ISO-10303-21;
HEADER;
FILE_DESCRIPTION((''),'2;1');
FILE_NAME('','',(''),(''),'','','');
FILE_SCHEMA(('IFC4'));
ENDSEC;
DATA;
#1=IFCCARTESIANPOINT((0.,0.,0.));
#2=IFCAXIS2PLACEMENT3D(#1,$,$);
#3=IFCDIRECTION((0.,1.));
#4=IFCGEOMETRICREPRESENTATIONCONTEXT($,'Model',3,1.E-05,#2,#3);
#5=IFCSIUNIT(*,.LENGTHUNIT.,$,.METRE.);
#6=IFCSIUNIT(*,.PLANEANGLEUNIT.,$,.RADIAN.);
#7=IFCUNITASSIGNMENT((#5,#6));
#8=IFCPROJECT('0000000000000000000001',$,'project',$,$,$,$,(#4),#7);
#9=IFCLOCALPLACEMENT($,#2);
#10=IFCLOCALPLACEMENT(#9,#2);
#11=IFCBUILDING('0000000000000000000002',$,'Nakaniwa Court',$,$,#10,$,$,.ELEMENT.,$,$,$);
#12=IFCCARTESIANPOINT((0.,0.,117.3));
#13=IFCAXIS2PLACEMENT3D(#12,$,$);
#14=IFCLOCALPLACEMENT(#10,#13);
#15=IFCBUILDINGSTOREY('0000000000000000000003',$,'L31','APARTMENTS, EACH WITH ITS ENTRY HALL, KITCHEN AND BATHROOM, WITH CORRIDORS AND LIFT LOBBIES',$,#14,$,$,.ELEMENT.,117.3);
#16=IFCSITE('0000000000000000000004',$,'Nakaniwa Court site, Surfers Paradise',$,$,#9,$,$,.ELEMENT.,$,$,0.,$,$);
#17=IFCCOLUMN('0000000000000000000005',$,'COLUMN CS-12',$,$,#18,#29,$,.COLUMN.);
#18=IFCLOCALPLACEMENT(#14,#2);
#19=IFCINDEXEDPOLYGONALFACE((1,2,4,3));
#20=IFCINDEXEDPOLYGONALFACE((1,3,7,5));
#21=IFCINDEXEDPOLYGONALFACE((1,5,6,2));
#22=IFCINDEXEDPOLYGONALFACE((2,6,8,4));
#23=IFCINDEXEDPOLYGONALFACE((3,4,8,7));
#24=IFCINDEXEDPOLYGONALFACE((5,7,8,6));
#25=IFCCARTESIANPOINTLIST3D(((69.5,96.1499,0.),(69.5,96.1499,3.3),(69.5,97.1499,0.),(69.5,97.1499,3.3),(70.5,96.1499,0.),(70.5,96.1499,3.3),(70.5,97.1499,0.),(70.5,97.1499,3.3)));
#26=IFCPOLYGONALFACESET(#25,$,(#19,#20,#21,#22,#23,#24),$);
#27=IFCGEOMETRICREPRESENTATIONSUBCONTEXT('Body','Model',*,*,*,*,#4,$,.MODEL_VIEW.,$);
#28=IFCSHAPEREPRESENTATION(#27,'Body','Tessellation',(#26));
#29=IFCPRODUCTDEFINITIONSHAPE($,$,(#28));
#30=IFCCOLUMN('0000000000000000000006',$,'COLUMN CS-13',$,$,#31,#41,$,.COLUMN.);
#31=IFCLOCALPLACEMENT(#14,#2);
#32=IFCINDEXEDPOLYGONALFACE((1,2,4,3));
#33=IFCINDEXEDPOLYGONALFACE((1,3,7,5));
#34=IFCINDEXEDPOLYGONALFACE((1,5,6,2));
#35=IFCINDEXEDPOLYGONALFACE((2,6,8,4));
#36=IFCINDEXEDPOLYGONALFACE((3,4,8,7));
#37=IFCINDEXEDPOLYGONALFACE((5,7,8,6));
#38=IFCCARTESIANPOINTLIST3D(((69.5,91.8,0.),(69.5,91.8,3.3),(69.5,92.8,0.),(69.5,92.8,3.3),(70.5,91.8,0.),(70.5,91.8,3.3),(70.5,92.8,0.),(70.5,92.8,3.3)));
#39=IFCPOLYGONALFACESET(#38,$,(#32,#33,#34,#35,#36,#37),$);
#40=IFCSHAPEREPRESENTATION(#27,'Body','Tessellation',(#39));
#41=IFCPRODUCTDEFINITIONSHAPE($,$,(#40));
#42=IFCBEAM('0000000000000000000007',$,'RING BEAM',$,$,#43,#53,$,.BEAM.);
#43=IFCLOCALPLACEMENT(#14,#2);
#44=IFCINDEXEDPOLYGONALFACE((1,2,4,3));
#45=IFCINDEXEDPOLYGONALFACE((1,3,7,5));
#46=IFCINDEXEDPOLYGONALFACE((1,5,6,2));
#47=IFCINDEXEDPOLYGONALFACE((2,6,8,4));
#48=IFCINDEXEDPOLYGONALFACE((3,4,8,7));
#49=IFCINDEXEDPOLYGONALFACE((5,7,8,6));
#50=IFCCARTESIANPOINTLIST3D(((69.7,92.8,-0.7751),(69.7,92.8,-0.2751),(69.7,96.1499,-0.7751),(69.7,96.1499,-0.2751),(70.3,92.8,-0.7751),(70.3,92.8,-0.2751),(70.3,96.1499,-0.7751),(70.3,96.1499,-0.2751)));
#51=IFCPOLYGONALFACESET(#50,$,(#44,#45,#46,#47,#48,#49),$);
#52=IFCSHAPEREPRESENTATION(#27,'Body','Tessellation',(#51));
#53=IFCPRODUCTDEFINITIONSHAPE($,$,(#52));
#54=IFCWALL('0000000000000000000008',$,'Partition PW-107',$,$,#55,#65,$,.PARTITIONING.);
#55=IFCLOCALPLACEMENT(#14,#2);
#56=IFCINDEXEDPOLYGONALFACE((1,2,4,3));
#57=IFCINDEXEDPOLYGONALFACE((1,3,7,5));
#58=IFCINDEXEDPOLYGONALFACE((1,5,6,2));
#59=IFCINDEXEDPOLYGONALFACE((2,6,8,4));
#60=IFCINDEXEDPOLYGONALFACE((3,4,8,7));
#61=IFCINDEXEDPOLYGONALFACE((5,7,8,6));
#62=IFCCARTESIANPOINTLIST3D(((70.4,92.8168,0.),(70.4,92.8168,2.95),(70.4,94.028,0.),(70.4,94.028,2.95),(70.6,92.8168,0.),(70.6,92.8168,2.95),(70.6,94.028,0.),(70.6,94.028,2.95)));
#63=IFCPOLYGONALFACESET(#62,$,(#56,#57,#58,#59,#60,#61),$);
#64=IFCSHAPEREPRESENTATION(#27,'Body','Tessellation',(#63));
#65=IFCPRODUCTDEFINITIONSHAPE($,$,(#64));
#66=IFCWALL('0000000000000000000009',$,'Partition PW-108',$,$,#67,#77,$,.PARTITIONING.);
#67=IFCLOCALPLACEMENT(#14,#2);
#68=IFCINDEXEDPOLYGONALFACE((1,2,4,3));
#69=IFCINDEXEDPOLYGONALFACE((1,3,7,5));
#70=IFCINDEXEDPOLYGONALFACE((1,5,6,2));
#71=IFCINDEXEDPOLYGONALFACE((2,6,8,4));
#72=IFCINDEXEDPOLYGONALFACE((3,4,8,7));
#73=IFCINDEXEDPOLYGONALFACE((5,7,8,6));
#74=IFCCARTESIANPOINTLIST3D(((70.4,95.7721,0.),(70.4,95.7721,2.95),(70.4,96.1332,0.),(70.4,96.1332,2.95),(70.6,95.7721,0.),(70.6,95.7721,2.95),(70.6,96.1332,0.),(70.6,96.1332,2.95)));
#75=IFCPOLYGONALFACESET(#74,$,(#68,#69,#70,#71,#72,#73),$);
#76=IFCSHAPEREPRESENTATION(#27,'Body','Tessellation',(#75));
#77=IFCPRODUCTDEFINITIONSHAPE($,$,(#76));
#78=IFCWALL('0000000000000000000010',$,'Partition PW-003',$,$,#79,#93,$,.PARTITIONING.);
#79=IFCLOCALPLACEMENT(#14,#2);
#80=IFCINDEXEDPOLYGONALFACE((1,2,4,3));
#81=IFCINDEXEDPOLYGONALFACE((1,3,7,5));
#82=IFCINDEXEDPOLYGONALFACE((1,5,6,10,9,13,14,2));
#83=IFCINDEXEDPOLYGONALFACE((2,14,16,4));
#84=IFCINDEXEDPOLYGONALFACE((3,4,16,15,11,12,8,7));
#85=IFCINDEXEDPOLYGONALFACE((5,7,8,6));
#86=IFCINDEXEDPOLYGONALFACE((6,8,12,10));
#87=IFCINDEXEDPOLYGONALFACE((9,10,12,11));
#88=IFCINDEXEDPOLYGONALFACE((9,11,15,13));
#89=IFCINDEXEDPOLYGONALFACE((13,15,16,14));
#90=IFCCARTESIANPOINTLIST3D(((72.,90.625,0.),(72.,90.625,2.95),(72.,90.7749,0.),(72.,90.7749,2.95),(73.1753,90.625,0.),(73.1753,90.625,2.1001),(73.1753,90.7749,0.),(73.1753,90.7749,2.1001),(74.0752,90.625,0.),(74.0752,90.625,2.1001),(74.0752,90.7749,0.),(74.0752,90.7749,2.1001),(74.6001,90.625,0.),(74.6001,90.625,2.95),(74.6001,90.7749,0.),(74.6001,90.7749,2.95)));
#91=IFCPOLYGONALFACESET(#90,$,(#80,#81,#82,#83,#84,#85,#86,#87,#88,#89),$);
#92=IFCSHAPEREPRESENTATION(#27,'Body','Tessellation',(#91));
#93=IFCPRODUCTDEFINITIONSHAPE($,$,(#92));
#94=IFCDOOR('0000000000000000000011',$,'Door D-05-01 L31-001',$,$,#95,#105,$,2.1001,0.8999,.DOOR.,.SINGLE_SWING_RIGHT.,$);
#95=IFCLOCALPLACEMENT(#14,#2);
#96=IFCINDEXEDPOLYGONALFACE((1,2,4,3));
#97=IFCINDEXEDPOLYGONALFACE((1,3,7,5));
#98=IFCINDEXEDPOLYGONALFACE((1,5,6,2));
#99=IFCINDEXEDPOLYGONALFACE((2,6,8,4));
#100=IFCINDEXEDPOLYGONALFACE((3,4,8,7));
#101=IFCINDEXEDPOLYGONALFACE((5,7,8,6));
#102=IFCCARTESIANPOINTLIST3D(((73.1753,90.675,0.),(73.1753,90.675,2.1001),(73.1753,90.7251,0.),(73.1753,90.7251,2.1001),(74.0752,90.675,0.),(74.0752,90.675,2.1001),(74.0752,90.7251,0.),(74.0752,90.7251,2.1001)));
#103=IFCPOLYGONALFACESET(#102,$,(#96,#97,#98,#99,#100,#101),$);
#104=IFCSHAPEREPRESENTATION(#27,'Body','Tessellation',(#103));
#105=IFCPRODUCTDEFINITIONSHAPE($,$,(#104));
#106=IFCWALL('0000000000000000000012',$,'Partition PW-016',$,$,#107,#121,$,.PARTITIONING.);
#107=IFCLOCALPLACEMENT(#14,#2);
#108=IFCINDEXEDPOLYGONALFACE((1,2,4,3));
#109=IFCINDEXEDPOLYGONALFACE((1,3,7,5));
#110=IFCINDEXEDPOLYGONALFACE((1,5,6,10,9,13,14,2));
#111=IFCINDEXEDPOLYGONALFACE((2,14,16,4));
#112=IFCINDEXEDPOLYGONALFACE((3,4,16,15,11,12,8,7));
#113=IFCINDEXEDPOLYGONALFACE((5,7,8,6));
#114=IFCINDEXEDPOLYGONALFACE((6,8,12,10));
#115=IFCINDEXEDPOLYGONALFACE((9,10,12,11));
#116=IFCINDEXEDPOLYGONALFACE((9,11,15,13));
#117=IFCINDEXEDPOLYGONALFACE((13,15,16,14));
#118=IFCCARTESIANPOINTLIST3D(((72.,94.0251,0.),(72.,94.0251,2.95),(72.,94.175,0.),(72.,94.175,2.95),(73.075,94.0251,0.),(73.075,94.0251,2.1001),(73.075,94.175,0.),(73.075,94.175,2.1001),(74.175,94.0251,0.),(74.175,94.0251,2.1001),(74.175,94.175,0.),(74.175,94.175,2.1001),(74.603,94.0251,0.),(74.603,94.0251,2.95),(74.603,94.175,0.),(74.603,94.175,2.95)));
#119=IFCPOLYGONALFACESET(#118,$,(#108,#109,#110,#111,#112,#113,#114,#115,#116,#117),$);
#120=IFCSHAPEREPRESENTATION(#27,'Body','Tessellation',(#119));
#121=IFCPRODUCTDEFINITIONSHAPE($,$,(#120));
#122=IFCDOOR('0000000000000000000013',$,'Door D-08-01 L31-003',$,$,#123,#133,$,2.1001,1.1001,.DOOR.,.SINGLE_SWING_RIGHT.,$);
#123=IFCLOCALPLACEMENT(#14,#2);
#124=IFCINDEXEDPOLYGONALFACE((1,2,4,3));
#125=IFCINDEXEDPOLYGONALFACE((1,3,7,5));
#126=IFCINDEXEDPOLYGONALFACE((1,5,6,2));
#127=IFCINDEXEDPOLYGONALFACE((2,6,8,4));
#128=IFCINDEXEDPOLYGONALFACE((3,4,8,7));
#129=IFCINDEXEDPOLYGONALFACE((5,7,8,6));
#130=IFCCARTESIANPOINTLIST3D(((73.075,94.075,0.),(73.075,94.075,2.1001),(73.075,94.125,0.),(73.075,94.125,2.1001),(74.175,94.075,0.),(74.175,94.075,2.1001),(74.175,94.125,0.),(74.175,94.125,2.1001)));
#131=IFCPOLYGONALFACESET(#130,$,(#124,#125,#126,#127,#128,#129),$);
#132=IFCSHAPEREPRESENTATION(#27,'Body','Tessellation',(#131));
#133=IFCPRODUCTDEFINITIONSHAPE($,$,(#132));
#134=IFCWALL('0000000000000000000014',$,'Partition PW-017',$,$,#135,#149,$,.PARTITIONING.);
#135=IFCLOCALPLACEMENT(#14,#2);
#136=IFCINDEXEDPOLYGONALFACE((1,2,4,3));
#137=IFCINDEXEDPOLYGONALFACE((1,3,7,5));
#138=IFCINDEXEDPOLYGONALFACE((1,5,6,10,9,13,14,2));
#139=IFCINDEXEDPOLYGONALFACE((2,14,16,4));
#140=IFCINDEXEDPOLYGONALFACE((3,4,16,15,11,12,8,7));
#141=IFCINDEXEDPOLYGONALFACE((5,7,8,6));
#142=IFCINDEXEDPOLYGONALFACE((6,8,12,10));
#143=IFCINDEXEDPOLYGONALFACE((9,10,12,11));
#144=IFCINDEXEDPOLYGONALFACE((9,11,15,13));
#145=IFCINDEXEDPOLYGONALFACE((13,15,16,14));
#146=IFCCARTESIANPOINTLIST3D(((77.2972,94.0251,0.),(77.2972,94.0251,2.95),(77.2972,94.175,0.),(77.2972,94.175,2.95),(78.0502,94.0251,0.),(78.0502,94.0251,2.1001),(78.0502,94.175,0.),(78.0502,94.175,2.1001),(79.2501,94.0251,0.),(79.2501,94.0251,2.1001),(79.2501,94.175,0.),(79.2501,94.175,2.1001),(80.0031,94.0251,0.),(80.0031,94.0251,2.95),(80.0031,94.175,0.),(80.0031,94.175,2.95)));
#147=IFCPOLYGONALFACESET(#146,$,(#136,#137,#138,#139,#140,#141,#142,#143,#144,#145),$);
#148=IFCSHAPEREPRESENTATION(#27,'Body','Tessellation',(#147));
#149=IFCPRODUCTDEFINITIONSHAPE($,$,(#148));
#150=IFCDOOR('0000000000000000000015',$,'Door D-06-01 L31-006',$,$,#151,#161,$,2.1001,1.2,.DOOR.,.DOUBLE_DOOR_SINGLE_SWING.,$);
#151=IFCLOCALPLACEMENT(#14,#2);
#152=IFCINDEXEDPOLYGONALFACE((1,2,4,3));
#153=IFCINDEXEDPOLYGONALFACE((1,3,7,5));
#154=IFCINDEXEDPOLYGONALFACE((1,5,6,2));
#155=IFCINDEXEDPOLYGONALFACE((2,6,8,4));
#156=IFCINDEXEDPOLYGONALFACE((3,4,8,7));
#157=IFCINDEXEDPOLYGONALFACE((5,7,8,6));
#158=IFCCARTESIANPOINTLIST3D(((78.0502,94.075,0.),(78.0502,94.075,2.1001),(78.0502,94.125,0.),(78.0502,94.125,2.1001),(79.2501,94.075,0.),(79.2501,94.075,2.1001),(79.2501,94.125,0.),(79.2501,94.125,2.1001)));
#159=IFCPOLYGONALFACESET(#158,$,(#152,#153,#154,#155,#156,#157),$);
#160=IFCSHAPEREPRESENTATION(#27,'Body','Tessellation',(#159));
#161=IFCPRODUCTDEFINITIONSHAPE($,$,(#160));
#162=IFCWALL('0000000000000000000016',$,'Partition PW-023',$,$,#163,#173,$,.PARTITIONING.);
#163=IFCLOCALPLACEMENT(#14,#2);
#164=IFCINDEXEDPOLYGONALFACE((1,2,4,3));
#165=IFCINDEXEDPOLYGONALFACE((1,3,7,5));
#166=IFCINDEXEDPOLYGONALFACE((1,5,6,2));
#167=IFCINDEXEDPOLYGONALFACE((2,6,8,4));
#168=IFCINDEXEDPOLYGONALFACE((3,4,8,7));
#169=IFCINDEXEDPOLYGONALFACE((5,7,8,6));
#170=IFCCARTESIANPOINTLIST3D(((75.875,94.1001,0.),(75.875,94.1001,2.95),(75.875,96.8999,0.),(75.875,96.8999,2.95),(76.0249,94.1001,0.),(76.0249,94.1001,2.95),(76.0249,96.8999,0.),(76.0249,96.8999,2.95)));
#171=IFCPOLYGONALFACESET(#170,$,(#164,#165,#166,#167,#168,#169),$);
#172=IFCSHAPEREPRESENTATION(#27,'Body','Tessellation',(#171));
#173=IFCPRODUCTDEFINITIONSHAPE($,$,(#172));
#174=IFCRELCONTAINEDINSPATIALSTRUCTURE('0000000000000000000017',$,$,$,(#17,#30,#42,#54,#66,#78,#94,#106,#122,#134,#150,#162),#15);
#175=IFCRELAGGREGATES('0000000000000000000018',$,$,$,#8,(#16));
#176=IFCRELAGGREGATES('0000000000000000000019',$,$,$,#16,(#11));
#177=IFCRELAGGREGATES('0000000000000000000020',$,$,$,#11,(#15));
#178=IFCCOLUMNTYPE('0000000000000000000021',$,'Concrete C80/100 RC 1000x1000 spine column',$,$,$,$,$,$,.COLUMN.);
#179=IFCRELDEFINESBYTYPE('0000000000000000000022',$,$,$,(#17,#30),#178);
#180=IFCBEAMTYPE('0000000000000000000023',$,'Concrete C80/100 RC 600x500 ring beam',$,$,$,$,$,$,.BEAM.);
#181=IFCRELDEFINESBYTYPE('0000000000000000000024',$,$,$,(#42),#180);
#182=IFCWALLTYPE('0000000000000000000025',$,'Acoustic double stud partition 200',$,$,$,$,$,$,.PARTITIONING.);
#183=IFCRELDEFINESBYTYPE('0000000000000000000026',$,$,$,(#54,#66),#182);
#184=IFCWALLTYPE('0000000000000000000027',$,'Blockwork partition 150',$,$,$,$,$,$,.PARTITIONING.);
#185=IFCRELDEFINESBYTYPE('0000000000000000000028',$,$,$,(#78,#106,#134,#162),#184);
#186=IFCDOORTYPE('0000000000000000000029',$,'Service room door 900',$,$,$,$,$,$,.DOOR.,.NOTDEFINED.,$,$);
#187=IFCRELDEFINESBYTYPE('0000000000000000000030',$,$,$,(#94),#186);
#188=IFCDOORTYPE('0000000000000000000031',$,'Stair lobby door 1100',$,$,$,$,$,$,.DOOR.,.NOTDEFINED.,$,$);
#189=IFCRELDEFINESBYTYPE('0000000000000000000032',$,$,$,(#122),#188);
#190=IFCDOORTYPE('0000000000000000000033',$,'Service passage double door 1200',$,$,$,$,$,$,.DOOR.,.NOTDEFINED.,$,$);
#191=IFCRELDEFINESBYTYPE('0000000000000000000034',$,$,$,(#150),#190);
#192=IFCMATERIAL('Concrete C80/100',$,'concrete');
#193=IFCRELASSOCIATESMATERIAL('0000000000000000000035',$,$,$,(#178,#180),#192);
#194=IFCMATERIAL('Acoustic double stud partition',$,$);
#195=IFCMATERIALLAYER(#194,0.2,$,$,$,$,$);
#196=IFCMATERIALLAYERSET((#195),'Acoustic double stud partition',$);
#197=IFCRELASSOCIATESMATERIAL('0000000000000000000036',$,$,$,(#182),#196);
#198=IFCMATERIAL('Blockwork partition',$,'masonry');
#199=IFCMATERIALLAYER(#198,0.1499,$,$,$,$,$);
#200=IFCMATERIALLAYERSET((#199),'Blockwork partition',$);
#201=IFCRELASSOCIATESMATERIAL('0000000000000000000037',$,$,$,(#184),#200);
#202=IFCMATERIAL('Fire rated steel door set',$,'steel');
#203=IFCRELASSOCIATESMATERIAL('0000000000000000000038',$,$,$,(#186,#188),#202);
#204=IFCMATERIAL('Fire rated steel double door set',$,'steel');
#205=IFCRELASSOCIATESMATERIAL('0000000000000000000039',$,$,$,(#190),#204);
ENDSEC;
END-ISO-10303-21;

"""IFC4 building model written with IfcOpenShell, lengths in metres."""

from ifc_helpers import new_model, si_unit, direction, frame, frame_2d, origin, origin_2d, place, context, subcontext, project, spatial, rectangle, extrude, material, layer, layer_set, material_profile, profile_set, type_object, element, fill, save


model = new_model("IFC4")

# Units and contexts
model_context = context("Model", 3, precision=1e-05, world=origin(), true_north=direction((0.0, 1.0)))
body_context = subcontext(model_context, "Body", "Model", "MODEL_VIEW")
ifc_project = project(units=[si_unit("LENGTHUNIT", "METRE"), si_unit("PLANEANGLEUNIT", "RADIAN")], contexts=[model_context])

# Site, building, storey
site_placement = place(None, origin())
site = spatial("IfcSite", under=ifc_project, at=site_placement, Name="Nakaniwa Court site, Surfers Paradise", CompositionType="ELEMENT", RefElevation=0.0)
building_placement = place(site_placement, origin())
building = spatial("IfcBuilding", under=site, at=building_placement, Name="Nakaniwa Court", CompositionType="ELEMENT")
storey_placement = place(building_placement, frame((0.0, 0.0, 117.3)))
storey = spatial("IfcBuildingStorey", under=building, at=storey_placement, Name="L31", Description="APARTMENTS, EACH WITH ITS ENTRY HALL, KITCHEN AND BATHROOM, WITH CORRIDORS AND LIFT LOBBIES", CompositionType="ELEMENT", Elevation=117.3)

# Columns
ifc_material_1 = material(Name="Concrete C80/100", Category="concrete")
ifc_material_profile_1 = material_profile(ifc_material_1, rectangle(XDim=1.0, YDim=1.0, at=origin_2d()), Name="Concrete C80/100 RC 1000x1000 spine column")
ifc_profile_set_1 = profile_set([ifc_material_profile_1], Name="Concrete C80/100")
column_type = type_object("IfcColumnType", Name="Concrete C80/100 RC 1000x1000 spine column", PredefinedType="COLUMN", material=ifc_profile_set_1)
for number, where, z_axis, x_axis, name in (
    (1, (70.0, 96.6499, 0.0), (0.0, 0.0, 1.0), (0.0, -1.0, 0.0), "COLUMN CS-12"),
    (2, (70.0, 92.3, 0.0), (0.0, 0.0, 1.0), (0.0, -1.0, 0.0), "COLUMN CS-13"),
):
    element("IfcColumn", number, at=place(storey_placement, frame(where, z_axis=z_axis, x_axis=x_axis)), inside=storey, type_object=column_type, Name=name, PredefinedType="COLUMN", context=body_context, shape_type="SweptSolid", body=[
        extrude(rectangle(XDim=1.0, YDim=1.0, at=origin_2d()), origin(), (0.0, 0.0, 1.0), 3.3),
    ])

# Beam
ifc_material_profile_2 = material_profile(ifc_material_1, rectangle(XDim=0.6001, YDim=0.5, at=origin_2d()), Name="Concrete C80/100 RC 600x500 ring beam")
ifc_profile_set_2 = profile_set([ifc_material_profile_2], Name="Concrete C80/100")
beam_type = type_object("IfcBeamType", Name="Concrete C80/100 RC 600x500 ring beam", PredefinedType="BEAM", material=ifc_profile_set_2)
beam_placement = place(storey_placement, frame((70.0, 96.1499, -0.5251), z_axis=(0.0, -1.0, 0.0), x_axis=(1.0, 0.0, 0.0)))
element("IfcBeam", 3, at=beam_placement, inside=storey, type_object=beam_type, Name="RING BEAM", PredefinedType="BEAM", context=body_context, shape_type="SweptSolid", body=[
    extrude(rectangle(XDim=0.6001, YDim=0.5, at=origin_2d()), origin(), (0.0, 0.0, 1.0), 3.3499),
])

# Walls
ifc_material_2 = material(Name="Acoustic double stud partition")
ifc_layer_1 = layer(ifc_material_2, 0.2)
ifc_layer_set_1 = layer_set([ifc_layer_1], Name="Acoustic double stud partition")
wall_type_1 = type_object("IfcWallType", Name="Acoustic double stud partition 200", PredefinedType="PARTITIONING", material=ifc_layer_set_1)
wall_1_placement = place(storey_placement, frame((70.5, 92.8169, 0.0), z_axis=(0.0, 0.0, 1.0), x_axis=(0.0, 1.0, 0.0)))
element("IfcWall", 4, at=wall_1_placement, inside=storey, type_object=wall_type_1, Name="Partition PW-107", PredefinedType="PARTITIONING", context=body_context, shape_type="SweptSolid", body=[
    extrude(rectangle(XDim=1.2112, YDim=0.2, at=frame_2d((0.6055, 0.0))), origin(), (0.0, 0.0, 1.0), 2.95),
])
wall_2_placement = place(storey_placement, frame((70.5, 95.772, 0.0), z_axis=(0.0, 0.0, 1.0), x_axis=(0.0, 1.0, 0.0)))
element("IfcWall", 5, at=wall_2_placement, inside=storey, type_object=wall_type_1, Name="Partition PW-108", PredefinedType="PARTITIONING", context=body_context, shape_type="SweptSolid", body=[
    extrude(rectangle(XDim=0.3611, YDim=0.2, at=frame_2d((0.1807, 0.0))), origin(), (0.0, 0.0, 1.0), 2.95),
])

# Walls, openings, doors
ifc_material_3 = material(Name="Blockwork partition", Category="masonry")
ifc_layer_2 = layer(ifc_material_3, 0.1499)
ifc_layer_set_2 = layer_set([ifc_layer_2], Name="Blockwork partition")
wall_type_2 = type_object("IfcWallType", Name="Blockwork partition 150", PredefinedType="PARTITIONING", material=ifc_layer_set_2)
wall_3_placement = place(storey_placement, frame((74.6001, 90.7, 0.0), z_axis=(0.0, 0.0, 1.0), x_axis=(-1.0, 0.0, 0.0)))
wall_3 = element("IfcWall", 6, at=wall_3_placement, inside=storey, type_object=wall_type_2, Name="Partition PW-003", PredefinedType="PARTITIONING", context=body_context, shape_type="SweptSolid", body=[
    extrude(rectangle(XDim=2.6001, YDim=0.1499, at=frame_2d((1.3, 0.0))), origin(), (0.0, 0.0, 1.0), 2.95),
])
opening_1_placement = place(wall_3_placement, frame((0.5249, 0.0, 0.0)))
opening_1 = element("IfcOpeningElement", 7, at=opening_1_placement, cuts=wall_3, PredefinedType="OPENING", context=body_context, shape_type="SweptSolid", body=[
    extrude(rectangle(XDim=0.8999, YDim=2.1001, at=frame_2d((0.45, 1.05))), frame((0.0, 0.085, 0.0), z_axis=(0.0, -1.0, 0.0), x_axis=(1.0, 0.0, 0.0)), (0.0, 0.0, 1.0), 0.1699),
])
ifc_material_4 = material(Name="Fire rated steel door set", Category="steel")
door_type_1 = type_object("IfcDoorType", Name="Service room door 900", OperationType="NOTDEFINED", PredefinedType="DOOR", material=ifc_material_4)
door_1_placement = place(opening_1_placement, origin())
door_1 = element("IfcDoor", 8, at=door_1_placement, inside=storey, type_object=door_type_1, Name="Door D-05-01 L31-001", OperationType="SINGLE_SWING_RIGHT", OverallHeight=2.1001, OverallWidth=0.8999, PredefinedType="DOOR", context=body_context, shape_type="SweptSolid", body=[
    extrude(rectangle(XDim=0.8999, YDim=2.1001, at=frame_2d((0.45, 1.05))), frame((0.0, 0.0249, 0.0), z_axis=(0.0, -1.0, 0.0), x_axis=(1.0, 0.0, 0.0)), (0.0, 0.0, 1.0), 0.05),
])
fill(opening_1, door_1)
wall_4_placement = place(storey_placement, frame((72.0, 94.1001, 0.0), z_axis=(0.0, 0.0, 1.0), x_axis=(1.0, 0.0, 0.0)))
wall_4 = element("IfcWall", 9, at=wall_4_placement, inside=storey, type_object=wall_type_2, Name="Partition PW-016", PredefinedType="PARTITIONING", context=body_context, shape_type="SweptSolid", body=[
    extrude(rectangle(XDim=2.603, YDim=0.1499, at=frame_2d((1.3015, 0.0))), origin(), (0.0, 0.0, 1.0), 2.95),
])
opening_2_placement = place(wall_4_placement, frame((1.075, 0.0, 0.0)))
opening_2 = element("IfcOpeningElement", 10, at=opening_2_placement, cuts=wall_4, PredefinedType="OPENING", context=body_context, shape_type="SweptSolid", body=[
    extrude(rectangle(XDim=1.1001, YDim=2.1001, at=frame_2d((0.55, 1.05))), frame((0.0, 0.085, 0.0), z_axis=(0.0, -1.0, 0.0), x_axis=(1.0, 0.0, 0.0)), (0.0, 0.0, 1.0), 0.1699),
])
door_type_2 = type_object("IfcDoorType", Name="Stair lobby door 1100", OperationType="NOTDEFINED", PredefinedType="DOOR", material=ifc_material_4)
door_2_placement = place(opening_2_placement, origin())
door_2 = element("IfcDoor", 11, at=door_2_placement, inside=storey, type_object=door_type_2, Name="Door D-08-01 L31-003", OperationType="SINGLE_SWING_RIGHT", OverallHeight=2.1001, OverallWidth=1.1001, PredefinedType="DOOR", context=body_context, shape_type="SweptSolid", body=[
    extrude(rectangle(XDim=1.1001, YDim=2.1001, at=frame_2d((0.55, 1.05))), frame((0.0, 0.0249, 0.0), z_axis=(0.0, -1.0, 0.0), x_axis=(1.0, 0.0, 0.0)), (0.0, 0.0, 1.0), 0.05),
])
fill(opening_2, door_2)
wall_5_placement = place(storey_placement, frame((77.2971, 94.1001, 0.0), z_axis=(0.0, 0.0, 1.0), x_axis=(1.0, 0.0, 0.0)))
wall_5 = element("IfcWall", 12, at=wall_5_placement, inside=storey, type_object=wall_type_2, Name="Partition PW-017", PredefinedType="PARTITIONING", context=body_context, shape_type="SweptSolid", body=[
    extrude(rectangle(XDim=2.7058, YDim=0.1499, at=frame_2d((1.353, 0.0))), origin(), (0.0, 0.0, 1.0), 2.95),
])
opening_3_placement = place(wall_5_placement, frame((0.7529, 0.0, 0.0)))
opening_3 = element("IfcOpeningElement", 13, at=opening_3_placement, cuts=wall_5, PredefinedType="OPENING", context=body_context, shape_type="SweptSolid", body=[
    extrude(rectangle(XDim=1.2, YDim=2.1001, at=frame_2d((0.6001, 1.05))), frame((0.0, 0.085, 0.0), z_axis=(0.0, -1.0, 0.0), x_axis=(1.0, 0.0, 0.0)), (0.0, 0.0, 1.0), 0.1699),
])
ifc_material_5 = material(Name="Fire rated steel double door set", Category="steel")
door_type_3 = type_object("IfcDoorType", Name="Service passage double door 1200", OperationType="NOTDEFINED", PredefinedType="DOOR", material=ifc_material_5)
door_3_placement = place(opening_3_placement, origin())
door_3 = element("IfcDoor", 14, at=door_3_placement, inside=storey, type_object=door_type_3, Name="Door D-06-01 L31-006", OperationType="DOUBLE_DOOR_SINGLE_SWING", OverallHeight=2.1001, OverallWidth=1.2, PredefinedType="DOOR", context=body_context, shape_type="SweptSolid", body=[
    extrude(rectangle(XDim=1.2, YDim=2.1001, at=frame_2d((0.6001, 1.05))), frame((0.0, 0.0249, 0.0), z_axis=(0.0, -1.0, 0.0), x_axis=(1.0, 0.0, 0.0)), (0.0, 0.0, 1.0), 0.05),
])
fill(opening_3, door_3)

# Wall
wall_6_placement = place(storey_placement, frame((75.95, 94.1001, 0.0), z_axis=(0.0, 0.0, 1.0), x_axis=(0.0, 1.0, 0.0)))
element("IfcWall", 15, at=wall_6_placement, inside=storey, type_object=wall_type_2, Name="Partition PW-023", PredefinedType="PARTITIONING", context=body_context, shape_type="SweptSolid", body=[
    extrude(rectangle(XDim=2.7998, YDim=0.1499, at=frame_2d((1.3999, 0.0))), origin(), (0.0, 0.0, 1.0), 2.95),
])

save(model, "model.ifc")
